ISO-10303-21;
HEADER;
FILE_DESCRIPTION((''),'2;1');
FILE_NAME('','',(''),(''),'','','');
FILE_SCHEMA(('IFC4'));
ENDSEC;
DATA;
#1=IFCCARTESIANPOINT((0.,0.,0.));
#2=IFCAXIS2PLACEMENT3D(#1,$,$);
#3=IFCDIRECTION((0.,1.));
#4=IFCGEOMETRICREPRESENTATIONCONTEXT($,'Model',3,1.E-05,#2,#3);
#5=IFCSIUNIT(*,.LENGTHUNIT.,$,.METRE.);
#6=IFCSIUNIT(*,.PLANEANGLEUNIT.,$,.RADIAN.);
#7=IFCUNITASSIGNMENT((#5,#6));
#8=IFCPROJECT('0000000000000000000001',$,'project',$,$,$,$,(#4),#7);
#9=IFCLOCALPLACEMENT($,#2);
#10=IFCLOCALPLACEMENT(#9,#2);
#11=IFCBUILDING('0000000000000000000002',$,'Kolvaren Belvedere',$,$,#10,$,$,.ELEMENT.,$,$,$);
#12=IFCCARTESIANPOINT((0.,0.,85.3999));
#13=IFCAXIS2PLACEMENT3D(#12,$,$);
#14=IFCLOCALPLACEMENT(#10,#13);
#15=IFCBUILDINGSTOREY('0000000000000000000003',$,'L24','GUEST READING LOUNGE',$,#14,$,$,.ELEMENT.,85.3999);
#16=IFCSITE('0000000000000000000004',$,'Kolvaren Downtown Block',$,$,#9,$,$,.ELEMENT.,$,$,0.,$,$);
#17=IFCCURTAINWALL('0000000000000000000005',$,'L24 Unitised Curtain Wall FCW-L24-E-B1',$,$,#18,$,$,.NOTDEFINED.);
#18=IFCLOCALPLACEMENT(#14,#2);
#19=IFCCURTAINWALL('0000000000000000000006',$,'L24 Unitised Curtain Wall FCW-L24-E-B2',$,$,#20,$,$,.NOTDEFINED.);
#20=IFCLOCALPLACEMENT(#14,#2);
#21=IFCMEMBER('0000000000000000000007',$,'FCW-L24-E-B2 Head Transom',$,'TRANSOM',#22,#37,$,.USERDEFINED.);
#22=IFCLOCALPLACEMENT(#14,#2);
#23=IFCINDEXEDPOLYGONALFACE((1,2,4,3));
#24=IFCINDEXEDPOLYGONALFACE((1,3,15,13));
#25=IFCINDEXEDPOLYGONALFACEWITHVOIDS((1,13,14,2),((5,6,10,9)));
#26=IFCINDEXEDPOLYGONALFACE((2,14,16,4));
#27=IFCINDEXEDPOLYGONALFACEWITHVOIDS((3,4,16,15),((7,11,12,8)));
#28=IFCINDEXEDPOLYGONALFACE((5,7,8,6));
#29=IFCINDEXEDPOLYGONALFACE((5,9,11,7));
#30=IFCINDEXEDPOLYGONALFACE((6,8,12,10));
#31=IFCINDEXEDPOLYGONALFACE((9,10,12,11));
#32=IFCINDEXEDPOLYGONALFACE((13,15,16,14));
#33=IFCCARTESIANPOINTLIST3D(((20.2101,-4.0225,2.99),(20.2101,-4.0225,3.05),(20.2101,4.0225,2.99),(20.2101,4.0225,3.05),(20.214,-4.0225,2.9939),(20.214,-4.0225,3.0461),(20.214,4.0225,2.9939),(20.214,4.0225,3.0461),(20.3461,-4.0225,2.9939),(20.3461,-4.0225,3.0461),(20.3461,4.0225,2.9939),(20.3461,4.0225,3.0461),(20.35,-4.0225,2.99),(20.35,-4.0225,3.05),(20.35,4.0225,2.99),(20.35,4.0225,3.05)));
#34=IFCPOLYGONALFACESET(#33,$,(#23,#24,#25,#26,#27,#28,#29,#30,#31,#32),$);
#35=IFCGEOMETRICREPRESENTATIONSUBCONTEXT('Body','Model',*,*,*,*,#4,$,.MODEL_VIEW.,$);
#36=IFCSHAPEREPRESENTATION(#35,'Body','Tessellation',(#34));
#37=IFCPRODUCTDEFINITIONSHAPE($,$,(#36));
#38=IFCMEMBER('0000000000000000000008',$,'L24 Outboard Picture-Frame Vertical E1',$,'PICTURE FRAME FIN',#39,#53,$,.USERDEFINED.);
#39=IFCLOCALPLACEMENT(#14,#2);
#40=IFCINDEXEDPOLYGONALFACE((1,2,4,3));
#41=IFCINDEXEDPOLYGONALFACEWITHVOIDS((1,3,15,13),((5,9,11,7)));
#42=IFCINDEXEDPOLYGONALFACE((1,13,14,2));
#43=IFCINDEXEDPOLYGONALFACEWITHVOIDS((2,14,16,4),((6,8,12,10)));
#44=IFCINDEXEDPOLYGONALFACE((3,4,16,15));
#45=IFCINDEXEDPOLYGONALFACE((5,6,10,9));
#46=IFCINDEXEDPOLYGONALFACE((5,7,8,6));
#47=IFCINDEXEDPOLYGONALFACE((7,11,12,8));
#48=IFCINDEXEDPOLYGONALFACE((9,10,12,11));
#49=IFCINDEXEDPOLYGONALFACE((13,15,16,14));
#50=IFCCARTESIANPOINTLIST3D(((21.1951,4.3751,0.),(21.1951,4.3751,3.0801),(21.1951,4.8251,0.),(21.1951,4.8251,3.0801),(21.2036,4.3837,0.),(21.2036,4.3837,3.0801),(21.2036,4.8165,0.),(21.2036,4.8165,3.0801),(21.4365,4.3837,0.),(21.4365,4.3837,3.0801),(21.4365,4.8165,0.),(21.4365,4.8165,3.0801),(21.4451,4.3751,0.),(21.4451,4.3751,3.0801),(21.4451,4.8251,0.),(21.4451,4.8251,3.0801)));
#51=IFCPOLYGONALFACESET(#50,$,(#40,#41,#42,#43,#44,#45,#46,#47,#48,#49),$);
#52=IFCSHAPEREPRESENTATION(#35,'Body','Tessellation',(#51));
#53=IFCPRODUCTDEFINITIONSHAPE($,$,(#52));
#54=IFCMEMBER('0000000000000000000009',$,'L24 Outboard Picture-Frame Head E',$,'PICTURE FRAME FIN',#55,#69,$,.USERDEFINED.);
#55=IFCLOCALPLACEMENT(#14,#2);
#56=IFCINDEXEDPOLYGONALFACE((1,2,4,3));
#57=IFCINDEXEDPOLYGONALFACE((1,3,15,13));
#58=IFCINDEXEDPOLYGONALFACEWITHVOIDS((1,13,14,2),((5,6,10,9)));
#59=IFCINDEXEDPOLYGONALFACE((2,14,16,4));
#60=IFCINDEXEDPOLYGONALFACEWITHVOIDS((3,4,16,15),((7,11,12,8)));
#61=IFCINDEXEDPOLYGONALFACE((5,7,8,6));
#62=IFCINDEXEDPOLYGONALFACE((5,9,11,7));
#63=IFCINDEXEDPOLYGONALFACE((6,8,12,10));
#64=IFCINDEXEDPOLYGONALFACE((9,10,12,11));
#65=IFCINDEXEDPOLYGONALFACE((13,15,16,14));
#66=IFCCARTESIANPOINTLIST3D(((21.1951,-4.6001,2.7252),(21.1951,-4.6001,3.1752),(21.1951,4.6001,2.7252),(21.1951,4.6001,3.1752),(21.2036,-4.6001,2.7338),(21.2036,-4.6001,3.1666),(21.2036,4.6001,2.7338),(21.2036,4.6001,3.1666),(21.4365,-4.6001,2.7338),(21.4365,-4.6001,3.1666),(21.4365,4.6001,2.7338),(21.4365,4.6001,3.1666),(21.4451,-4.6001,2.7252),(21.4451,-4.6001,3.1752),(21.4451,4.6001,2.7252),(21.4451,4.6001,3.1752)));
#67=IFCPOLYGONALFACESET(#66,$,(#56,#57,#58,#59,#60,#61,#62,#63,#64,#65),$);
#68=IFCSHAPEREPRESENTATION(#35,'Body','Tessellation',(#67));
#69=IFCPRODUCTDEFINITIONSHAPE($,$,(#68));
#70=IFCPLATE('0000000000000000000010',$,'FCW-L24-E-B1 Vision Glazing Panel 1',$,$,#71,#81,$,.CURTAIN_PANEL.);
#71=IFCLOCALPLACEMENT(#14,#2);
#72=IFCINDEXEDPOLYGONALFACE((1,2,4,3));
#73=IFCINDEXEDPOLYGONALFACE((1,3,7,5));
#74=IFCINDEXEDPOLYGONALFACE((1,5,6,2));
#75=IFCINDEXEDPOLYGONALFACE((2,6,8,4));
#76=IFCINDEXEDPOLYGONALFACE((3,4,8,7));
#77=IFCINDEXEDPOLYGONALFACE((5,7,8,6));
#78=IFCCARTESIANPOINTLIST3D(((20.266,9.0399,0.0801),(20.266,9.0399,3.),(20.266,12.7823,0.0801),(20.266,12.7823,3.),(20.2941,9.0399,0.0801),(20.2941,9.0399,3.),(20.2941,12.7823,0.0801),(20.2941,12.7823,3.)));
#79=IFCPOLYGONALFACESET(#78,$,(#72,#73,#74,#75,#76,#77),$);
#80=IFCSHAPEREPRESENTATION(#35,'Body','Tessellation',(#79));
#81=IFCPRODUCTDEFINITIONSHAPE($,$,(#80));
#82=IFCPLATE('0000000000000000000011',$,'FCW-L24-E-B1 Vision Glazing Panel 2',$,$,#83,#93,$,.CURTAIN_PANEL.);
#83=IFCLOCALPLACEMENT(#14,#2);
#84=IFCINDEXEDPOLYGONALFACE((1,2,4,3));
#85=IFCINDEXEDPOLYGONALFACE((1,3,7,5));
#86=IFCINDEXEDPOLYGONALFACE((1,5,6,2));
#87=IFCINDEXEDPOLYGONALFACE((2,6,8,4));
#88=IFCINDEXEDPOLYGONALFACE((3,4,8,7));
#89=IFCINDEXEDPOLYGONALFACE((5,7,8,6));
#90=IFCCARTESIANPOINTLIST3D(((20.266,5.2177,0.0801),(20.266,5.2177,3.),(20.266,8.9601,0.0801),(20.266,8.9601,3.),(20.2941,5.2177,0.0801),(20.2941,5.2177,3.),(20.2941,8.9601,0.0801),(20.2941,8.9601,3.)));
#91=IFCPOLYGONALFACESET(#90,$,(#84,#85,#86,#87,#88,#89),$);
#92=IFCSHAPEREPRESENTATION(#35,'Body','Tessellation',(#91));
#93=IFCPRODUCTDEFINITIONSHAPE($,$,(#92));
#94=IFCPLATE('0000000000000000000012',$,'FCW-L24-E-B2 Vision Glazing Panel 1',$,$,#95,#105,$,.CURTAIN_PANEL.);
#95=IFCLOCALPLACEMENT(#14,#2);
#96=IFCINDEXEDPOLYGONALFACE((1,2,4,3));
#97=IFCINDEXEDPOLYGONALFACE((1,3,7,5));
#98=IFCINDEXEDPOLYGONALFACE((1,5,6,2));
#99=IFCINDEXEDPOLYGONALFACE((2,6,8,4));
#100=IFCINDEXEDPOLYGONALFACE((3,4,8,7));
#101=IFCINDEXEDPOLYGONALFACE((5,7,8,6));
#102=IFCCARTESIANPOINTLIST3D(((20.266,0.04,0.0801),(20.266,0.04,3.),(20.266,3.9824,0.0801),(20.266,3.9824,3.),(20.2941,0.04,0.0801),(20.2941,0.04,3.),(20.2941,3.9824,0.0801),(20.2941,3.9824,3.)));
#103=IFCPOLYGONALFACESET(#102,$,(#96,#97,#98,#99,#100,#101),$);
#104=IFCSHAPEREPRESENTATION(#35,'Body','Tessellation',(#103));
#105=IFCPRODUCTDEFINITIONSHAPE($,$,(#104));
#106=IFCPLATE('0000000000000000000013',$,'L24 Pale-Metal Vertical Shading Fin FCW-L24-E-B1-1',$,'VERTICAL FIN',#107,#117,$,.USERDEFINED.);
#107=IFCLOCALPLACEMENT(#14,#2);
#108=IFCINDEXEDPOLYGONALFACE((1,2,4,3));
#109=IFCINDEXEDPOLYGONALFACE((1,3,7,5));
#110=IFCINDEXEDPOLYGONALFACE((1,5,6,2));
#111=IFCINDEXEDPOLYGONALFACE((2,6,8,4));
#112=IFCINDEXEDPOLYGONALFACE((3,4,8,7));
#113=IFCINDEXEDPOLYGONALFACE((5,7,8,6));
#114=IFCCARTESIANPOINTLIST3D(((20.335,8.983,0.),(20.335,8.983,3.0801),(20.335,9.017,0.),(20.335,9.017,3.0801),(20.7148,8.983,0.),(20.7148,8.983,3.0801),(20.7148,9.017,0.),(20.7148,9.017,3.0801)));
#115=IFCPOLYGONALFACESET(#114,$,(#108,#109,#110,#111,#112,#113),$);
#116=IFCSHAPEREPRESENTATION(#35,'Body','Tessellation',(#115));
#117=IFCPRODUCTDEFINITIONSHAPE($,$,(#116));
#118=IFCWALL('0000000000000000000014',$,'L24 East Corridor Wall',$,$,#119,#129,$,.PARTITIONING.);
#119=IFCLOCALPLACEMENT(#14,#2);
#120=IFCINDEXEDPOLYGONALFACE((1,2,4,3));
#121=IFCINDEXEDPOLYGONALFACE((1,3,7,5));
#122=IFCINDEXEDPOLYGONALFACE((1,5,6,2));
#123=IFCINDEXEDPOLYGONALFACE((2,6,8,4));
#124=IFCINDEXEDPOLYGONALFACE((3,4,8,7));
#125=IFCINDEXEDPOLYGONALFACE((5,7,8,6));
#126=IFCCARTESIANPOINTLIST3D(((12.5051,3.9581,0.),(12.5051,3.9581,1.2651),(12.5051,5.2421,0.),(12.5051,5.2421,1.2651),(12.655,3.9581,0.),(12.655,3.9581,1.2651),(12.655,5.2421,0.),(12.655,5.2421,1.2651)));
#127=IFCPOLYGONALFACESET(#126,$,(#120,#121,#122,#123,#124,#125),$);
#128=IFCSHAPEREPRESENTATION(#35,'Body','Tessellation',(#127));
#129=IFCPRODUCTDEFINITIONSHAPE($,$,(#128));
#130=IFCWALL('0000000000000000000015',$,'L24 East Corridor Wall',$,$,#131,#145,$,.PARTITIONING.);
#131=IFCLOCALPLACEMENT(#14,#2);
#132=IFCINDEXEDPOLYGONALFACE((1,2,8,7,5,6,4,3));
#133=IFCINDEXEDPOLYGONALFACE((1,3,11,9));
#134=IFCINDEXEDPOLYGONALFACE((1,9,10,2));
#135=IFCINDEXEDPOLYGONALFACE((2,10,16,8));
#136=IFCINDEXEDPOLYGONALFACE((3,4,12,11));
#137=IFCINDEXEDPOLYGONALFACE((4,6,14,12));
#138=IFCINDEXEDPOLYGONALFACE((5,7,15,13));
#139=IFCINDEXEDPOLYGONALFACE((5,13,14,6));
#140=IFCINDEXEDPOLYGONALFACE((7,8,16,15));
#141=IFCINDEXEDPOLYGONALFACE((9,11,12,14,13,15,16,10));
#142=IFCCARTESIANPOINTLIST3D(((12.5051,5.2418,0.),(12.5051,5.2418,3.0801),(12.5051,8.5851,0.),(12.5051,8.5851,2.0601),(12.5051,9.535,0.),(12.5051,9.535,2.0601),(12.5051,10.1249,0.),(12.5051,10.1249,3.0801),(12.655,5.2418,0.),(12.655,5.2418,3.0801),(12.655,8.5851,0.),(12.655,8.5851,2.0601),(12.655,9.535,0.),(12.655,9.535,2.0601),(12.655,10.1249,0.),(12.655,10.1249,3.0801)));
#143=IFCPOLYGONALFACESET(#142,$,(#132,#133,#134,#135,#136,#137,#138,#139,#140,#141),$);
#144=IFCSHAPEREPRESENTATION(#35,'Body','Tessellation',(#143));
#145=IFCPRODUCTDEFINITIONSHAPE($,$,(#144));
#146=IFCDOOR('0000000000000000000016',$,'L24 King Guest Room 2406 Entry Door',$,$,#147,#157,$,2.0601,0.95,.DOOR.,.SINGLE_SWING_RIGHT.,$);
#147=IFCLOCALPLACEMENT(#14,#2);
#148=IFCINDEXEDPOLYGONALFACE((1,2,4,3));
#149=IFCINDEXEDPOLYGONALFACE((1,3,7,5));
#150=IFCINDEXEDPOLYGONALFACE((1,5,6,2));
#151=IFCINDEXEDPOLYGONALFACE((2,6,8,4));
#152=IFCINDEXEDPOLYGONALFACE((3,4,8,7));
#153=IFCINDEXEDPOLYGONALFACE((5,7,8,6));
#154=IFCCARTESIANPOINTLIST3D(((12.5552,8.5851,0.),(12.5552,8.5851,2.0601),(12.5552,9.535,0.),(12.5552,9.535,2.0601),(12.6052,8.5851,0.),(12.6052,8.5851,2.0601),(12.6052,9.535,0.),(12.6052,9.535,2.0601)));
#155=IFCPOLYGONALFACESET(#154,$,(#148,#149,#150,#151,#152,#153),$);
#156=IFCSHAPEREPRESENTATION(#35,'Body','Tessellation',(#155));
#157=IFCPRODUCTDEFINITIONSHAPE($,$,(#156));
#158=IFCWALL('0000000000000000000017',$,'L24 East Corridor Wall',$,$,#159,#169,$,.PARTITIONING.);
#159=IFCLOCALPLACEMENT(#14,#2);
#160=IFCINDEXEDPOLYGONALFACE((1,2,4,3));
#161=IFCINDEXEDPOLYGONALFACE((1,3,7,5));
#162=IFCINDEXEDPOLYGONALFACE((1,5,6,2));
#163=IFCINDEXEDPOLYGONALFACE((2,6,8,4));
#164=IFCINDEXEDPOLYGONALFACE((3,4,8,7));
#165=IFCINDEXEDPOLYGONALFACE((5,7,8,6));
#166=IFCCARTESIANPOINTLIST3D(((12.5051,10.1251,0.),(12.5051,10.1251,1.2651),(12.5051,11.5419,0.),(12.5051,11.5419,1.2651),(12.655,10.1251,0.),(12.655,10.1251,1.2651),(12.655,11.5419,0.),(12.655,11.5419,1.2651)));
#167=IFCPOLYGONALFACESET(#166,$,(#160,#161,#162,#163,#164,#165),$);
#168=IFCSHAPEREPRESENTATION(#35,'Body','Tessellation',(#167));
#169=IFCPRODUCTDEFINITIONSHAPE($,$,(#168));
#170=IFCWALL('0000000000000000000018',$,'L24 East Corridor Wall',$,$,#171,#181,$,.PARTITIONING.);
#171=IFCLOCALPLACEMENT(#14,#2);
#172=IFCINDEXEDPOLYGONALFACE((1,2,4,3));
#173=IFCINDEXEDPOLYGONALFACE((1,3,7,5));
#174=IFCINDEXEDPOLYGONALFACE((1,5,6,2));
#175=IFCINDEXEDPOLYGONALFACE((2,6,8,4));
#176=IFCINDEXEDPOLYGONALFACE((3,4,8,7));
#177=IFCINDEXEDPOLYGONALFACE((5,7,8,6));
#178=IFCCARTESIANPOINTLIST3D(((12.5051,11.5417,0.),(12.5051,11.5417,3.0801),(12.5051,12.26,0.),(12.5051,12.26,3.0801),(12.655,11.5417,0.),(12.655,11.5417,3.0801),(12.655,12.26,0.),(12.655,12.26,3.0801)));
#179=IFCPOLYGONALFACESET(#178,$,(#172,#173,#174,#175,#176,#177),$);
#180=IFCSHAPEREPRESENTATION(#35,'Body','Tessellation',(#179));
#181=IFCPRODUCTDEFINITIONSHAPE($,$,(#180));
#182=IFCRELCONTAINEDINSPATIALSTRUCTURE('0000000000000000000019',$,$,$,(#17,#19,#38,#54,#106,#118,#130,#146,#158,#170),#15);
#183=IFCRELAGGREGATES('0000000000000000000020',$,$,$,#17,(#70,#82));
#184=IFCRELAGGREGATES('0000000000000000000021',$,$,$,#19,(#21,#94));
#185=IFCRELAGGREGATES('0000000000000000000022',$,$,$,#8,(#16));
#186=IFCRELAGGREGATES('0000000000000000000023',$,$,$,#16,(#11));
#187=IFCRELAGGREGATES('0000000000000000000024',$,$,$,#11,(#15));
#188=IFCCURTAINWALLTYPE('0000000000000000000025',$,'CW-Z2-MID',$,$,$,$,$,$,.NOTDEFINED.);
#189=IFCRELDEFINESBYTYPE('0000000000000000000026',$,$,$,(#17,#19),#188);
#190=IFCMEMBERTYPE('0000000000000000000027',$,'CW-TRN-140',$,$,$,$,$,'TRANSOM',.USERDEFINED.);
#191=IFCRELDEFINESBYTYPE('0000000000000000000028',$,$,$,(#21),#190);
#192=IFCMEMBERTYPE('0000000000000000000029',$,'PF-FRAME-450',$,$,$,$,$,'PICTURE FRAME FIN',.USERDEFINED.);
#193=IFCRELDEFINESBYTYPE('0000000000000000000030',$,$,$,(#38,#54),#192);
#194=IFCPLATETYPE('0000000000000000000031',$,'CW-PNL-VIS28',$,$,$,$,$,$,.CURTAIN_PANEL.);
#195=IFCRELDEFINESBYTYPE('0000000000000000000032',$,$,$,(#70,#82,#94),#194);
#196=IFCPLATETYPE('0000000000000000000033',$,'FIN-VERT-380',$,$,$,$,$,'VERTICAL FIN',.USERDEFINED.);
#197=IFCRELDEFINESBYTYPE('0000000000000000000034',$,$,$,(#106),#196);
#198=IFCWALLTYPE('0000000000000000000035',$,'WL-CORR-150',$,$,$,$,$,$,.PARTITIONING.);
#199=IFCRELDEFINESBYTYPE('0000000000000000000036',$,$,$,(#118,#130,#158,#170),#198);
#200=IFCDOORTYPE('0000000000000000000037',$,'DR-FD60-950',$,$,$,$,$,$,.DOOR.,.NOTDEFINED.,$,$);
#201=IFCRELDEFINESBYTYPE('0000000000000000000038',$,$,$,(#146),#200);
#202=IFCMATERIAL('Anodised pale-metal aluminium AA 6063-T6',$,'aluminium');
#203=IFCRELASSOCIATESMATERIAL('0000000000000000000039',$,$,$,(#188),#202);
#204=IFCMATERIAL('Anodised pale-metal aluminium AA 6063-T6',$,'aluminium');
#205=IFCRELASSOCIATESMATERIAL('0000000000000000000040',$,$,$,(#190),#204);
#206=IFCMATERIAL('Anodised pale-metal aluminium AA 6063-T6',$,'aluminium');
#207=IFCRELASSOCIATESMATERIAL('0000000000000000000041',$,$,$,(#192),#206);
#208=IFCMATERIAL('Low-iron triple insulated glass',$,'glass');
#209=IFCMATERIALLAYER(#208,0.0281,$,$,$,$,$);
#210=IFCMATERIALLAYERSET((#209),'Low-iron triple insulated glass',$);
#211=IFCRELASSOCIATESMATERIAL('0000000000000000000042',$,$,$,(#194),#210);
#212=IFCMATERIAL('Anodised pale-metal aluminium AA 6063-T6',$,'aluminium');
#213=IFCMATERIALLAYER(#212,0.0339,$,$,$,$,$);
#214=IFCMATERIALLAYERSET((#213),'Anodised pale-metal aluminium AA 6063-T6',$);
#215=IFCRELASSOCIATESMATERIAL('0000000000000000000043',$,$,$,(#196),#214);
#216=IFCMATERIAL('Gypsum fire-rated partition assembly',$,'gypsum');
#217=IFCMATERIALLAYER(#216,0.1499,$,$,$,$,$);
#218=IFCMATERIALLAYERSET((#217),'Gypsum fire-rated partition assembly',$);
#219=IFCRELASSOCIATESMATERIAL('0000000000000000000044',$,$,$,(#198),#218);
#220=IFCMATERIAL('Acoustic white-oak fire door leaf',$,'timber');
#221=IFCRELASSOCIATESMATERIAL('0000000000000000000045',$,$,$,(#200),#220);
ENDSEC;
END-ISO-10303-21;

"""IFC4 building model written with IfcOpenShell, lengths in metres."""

from ifc_helpers import new_model, si_unit, direction, frame, frame_2d, origin, origin_2d, place, context, subcontext, project, spatial, rectangle, hollow_rectangle, extrude, material, layer, layer_set, material_profile, profile_set, type_object, element, fill, aggregate, save


model = new_model("IFC4")

# Units and contexts
model_context = context("Model", 3, precision=1e-05, world=origin(), true_north=direction((0.0, 1.0)))
body_context = subcontext(model_context, "Body", "Model", "MODEL_VIEW")
ifc_project = project(units=[si_unit("LENGTHUNIT", "METRE"), si_unit("PLANEANGLEUNIT", "RADIAN")], contexts=[model_context])

# Site, building, storey
site_placement = place(None, origin())
site = spatial("IfcSite", under=ifc_project, at=site_placement, Name="Kolvaren Downtown Block", CompositionType="ELEMENT", RefElevation=0.0)
building_placement = place(site_placement, origin())
building = spatial("IfcBuilding", under=site, at=building_placement, Name="Kolvaren Belvedere", CompositionType="ELEMENT")
storey_placement = place(building_placement, frame((0.0, 0.0, 85.3999)))
storey = spatial("IfcBuildingStorey", under=building, at=storey_placement, Name="L24", Description="GUEST READING LOUNGE", CompositionType="ELEMENT", Elevation=85.3999)

# Curtain walls, member
ifc_material_1 = material(Name="Anodised pale-metal aluminium AA 6063-T6", Category="aluminium")
curtain_wall_type = type_object("IfcCurtainWallType", Name="CW-Z2-MID", PredefinedType="NOTDEFINED", material=ifc_material_1)
curtain_wall_1_placement = place(storey_placement, origin())
curtain_wall_1 = element("IfcCurtainWall", 1, at=curtain_wall_1_placement, inside=storey, type_object=curtain_wall_type, Name="L24 Unitised Curtain Wall FCW-L24-E-B1", PredefinedType="NOTDEFINED")
curtain_wall_2_placement = place(storey_placement, origin())
curtain_wall_2 = element("IfcCurtainWall", 2, at=curtain_wall_2_placement, inside=storey, type_object=curtain_wall_type, Name="L24 Unitised Curtain Wall FCW-L24-E-B2", PredefinedType="NOTDEFINED")
ifc_material_2 = material(Name="Anodised pale-metal aluminium AA 6063-T6", Category="aluminium")
ifc_material_profile_1 = material_profile(ifc_material_2, hollow_rectangle(XDim=0.0601, YDim=0.1399, WallThickness=0.0039, at=origin_2d()), Name="ALU-TRN-140X60")
ifc_profile_set_1 = profile_set([ifc_material_profile_1], Name="Anodised pale-metal aluminium AA 6063-T6")
member_type_1 = type_object("IfcMemberType", Name="CW-TRN-140", ElementType="TRANSOM", PredefinedType="USERDEFINED", material=ifc_profile_set_1)
member_1_placement = place(storey_placement, frame((20.28, 4.0225, 3.02), z_axis=(0.0, -1.0, 0.0), x_axis=(0.0, 0.0, 1.0)))
member_1 = element("IfcMember", 3, at=member_1_placement, type_object=member_type_1, Name="FCW-L24-E-B2 Head Transom", ObjectType="TRANSOM", PredefinedType="USERDEFINED", context=body_context, shape_type="SweptSolid", body=[
    extrude(hollow_rectangle(XDim=0.0601, YDim=0.1399, WallThickness=0.0039, at=origin_2d()), origin(), (0.0, 0.0, 1.0), 8.0449),
])

# Members
ifc_material_3 = material(Name="Anodised pale-metal aluminium AA 6063-T6", Category="aluminium")
ifc_material_profile_2 = material_profile(ifc_material_3, hollow_rectangle(XDim=0.25, YDim=0.45, WallThickness=0.0085, at=origin_2d()), Name="ALU-PF-450X250")
ifc_profile_set_2 = profile_set([ifc_material_profile_2], Name="Anodised pale-metal aluminium AA 6063-T6")
member_type_2 = type_object("IfcMemberType", Name="PF-FRAME-450", ElementType="PICTURE FRAME FIN", PredefinedType="USERDEFINED", material=ifc_profile_set_2)
member_2_placement = place(storey_placement, frame((21.3201, 4.6001, 0.0), z_axis=(0.0, 0.0, 1.0), x_axis=(1.0, 0.0, 0.0)))
element("IfcMember", 4, at=member_2_placement, inside=storey, type_object=member_type_2, Name="L24 Outboard Picture-Frame Vertical E1", ObjectType="PICTURE FRAME FIN", PredefinedType="USERDEFINED", context=body_context, shape_type="SweptSolid", body=[
    extrude(hollow_rectangle(XDim=0.25, YDim=0.45, WallThickness=0.0085, at=origin_2d()), origin(), (0.0, 0.0, 1.0), 3.0801),
])
member_3_placement = place(storey_placement, frame((21.3201, 4.6001, 2.9502), z_axis=(0.0, -1.0, 0.0), x_axis=(1.0, 0.0, 0.0)))
element("IfcMember", 5, at=member_3_placement, inside=storey, type_object=member_type_2, Name="L24 Outboard Picture-Frame Head E", ObjectType="PICTURE FRAME FIN", PredefinedType="USERDEFINED", context=body_context, shape_type="SweptSolid", body=[
    extrude(hollow_rectangle(XDim=0.25, YDim=0.45, WallThickness=0.0085, at=origin_2d()), origin(), (0.0, 0.0, 1.0), 9.2002),
])

# Plates
ifc_material_4 = material(Name="Low-iron triple insulated glass", Category="glass")
ifc_layer_1 = layer(ifc_material_4, 0.0281)
ifc_layer_set_1 = layer_set([ifc_layer_1], Name="Low-iron triple insulated glass")
plate_type_1 = type_object("IfcPlateType", Name="CW-PNL-VIS28", PredefinedType="CURTAIN_PANEL", material=ifc_layer_set_1)
plate_1_placement = place(storey_placement, frame((20.28, 10.9111, 0.0801), z_axis=(0.0, 0.0, 1.0), x_axis=(0.0, -1.0, 0.0)))
plate_1 = element("IfcPlate", 6, at=plate_1_placement, type_object=plate_type_1, Name="FCW-L24-E-B1 Vision Glazing Panel 1", PredefinedType="CURTAIN_PANEL", context=body_context, shape_type="SweptSolid", body=[
    extrude(rectangle(XDim=3.7424, YDim=0.0281, at=origin_2d()), origin(), (0.0, 0.0, 1.0), 2.9199),
])
plate_2_placement = place(storey_placement, frame((20.28, 7.0889, 0.0801), z_axis=(0.0, 0.0, 1.0), x_axis=(0.0, -1.0, 0.0)))
plate_2 = element("IfcPlate", 7, at=plate_2_placement, type_object=plate_type_1, Name="FCW-L24-E-B1 Vision Glazing Panel 2", PredefinedType="CURTAIN_PANEL", context=body_context, shape_type="SweptSolid", body=[
    extrude(rectangle(XDim=3.7424, YDim=0.0281, at=origin_2d()), origin(), (0.0, 0.0, 1.0), 2.9199),
])
aggregate(curtain_wall_1, [plate_1, plate_2])
plate_3_placement = place(storey_placement, frame((20.28, 2.0112, 0.0801), z_axis=(0.0, 0.0, 1.0), x_axis=(0.0, -1.0, 0.0)))
plate_3 = element("IfcPlate", 8, at=plate_3_placement, type_object=plate_type_1, Name="FCW-L24-E-B2 Vision Glazing Panel 1", PredefinedType="CURTAIN_PANEL", context=body_context, shape_type="SweptSolid", body=[
    extrude(rectangle(XDim=3.9424, YDim=0.0281, at=origin_2d()), origin(), (0.0, 0.0, 1.0), 2.9199),
])
aggregate(curtain_wall_2, [member_1, plate_3])
ifc_material_5 = material(Name="Anodised pale-metal aluminium AA 6063-T6", Category="aluminium")
ifc_layer_2 = layer(ifc_material_5, 0.0339)
ifc_layer_set_2 = layer_set([ifc_layer_2], Name="Anodised pale-metal aluminium AA 6063-T6")
plate_type_2 = type_object("IfcPlateType", Name="FIN-VERT-380", ElementType="VERTICAL FIN", PredefinedType="USERDEFINED", material=ifc_layer_set_2)
plate_4_placement = place(storey_placement, frame((20.5249, 9.0, 0.0), z_axis=(0.0, 0.0, 1.0), x_axis=(1.0, 0.0, 0.0)))
element("IfcPlate", 9, at=plate_4_placement, inside=storey, type_object=plate_type_2, Name="L24 Pale-Metal Vertical Shading Fin FCW-L24-E-B1-1", ObjectType="VERTICAL FIN", PredefinedType="USERDEFINED", context=body_context, shape_type="SweptSolid", body=[
    extrude(rectangle(XDim=0.3799, YDim=0.0339, at=origin_2d()), origin(), (0.0, 0.0, 1.0), 3.0801),
])

# Wall
ifc_material_6 = material(Name="Gypsum fire-rated partition assembly", Category="gypsum")
ifc_layer_3 = layer(ifc_material_6, 0.1499)
ifc_layer_set_3 = layer_set([ifc_layer_3], Name="Gypsum fire-rated partition assembly")
wall_type_1 = type_object("IfcWallType", Name="WL-CORR-150", PredefinedType="PARTITIONING", material=ifc_layer_set_3)
wall_1_placement = place(storey_placement, frame((12.5801, 3.958, 0.0), z_axis=(0.0, 0.0, 1.0), x_axis=(0.0, 1.0, 0.0)))
element("IfcWall", 10, at=wall_1_placement, inside=storey, type_object=wall_type_1, Name="L24 East Corridor Wall", PredefinedType="PARTITIONING", context=body_context, shape_type="SweptSolid", body=[
    extrude(rectangle(XDim=1.2839, YDim=0.1499, at=frame_2d((0.6421, 0.0))), origin(), (0.0, 0.0, 1.0), 1.2651),
])

# Wall, opening, door
wall_2_placement = place(storey_placement, frame((12.5801, 5.2419, 0.0), z_axis=(0.0, 0.0, 1.0), x_axis=(0.0, 1.0, 0.0)))
wall_2 = element("IfcWall", 11, at=wall_2_placement, inside=storey, type_object=wall_type_1, Name="L24 East Corridor Wall", PredefinedType="PARTITIONING", context=body_context, shape_type="SweptSolid", body=[
    extrude(rectangle(XDim=4.8831, YDim=0.1499, at=frame_2d((2.4414, 0.0))), origin(), (0.0, 0.0, 1.0), 3.0801),
])
opening_1_placement = place(wall_2_placement, frame((3.343, 0.0, 0.0)))
opening_1 = element("IfcOpeningElement", 12, at=opening_1_placement, cuts=wall_2, PredefinedType="OPENING", context=body_context, shape_type="SweptSolid", body=[
    extrude(rectangle(XDim=0.95, YDim=2.0601, at=frame_2d((0.4751, 1.03))), frame((0.0, 0.085, 0.0), z_axis=(0.0, -1.0, 0.0), x_axis=(1.0, 0.0, 0.0)), (0.0, 0.0, 1.0), 0.1699),
])
ifc_material_7 = material(Name="Acoustic white-oak fire door leaf", Category="timber")
door_type_1 = type_object("IfcDoorType", Name="DR-FD60-950", OperationType="NOTDEFINED", PredefinedType="DOOR", material=ifc_material_7)
door_1_placement = place(opening_1_placement, origin())
door_1 = element("IfcDoor", 13, at=door_1_placement, inside=storey, type_object=door_type_1, Name="L24 King Guest Room 2406 Entry Door", OperationType="SINGLE_SWING_RIGHT", OverallHeight=2.0601, OverallWidth=0.95, PredefinedType="DOOR", context=body_context, shape_type="SweptSolid", body=[
    extrude(rectangle(XDim=0.95, YDim=2.0601, at=frame_2d((0.4751, 1.03))), frame((0.0, 0.0249, 0.0), z_axis=(0.0, -1.0, 0.0), x_axis=(1.0, 0.0, 0.0)), (0.0, 0.0, 1.0), 0.05),
])
fill(opening_1, door_1)

# Walls
wall_3_placement = place(storey_placement, frame((12.5801, 10.125, 0.0), z_axis=(0.0, 0.0, 1.0), x_axis=(0.0, 1.0, 0.0)))
element("IfcWall", 14, at=wall_3_placement, inside=storey, type_object=wall_type_1, Name="L24 East Corridor Wall", PredefinedType="PARTITIONING", context=body_context, shape_type="SweptSolid", body=[
    extrude(rectangle(XDim=1.4167, YDim=0.1499, at=frame_2d((0.7085, 0.0))), origin(), (0.0, 0.0, 1.0), 1.2651),
])
wall_4_placement = place(storey_placement, frame((12.5801, 11.5417, 0.0), z_axis=(0.0, 0.0, 1.0), x_axis=(0.0, 1.0, 0.0)))
element("IfcWall", 15, at=wall_4_placement, inside=storey, type_object=wall_type_1, Name="L24 East Corridor Wall", PredefinedType="PARTITIONING", context=body_context, shape_type="SweptSolid", body=[
    extrude(rectangle(XDim=0.7183, YDim=0.1499, at=frame_2d((0.3591, 0.0))), origin(), (0.0, 0.0, 1.0), 3.0801),
])

save(model, "model.ifc")
